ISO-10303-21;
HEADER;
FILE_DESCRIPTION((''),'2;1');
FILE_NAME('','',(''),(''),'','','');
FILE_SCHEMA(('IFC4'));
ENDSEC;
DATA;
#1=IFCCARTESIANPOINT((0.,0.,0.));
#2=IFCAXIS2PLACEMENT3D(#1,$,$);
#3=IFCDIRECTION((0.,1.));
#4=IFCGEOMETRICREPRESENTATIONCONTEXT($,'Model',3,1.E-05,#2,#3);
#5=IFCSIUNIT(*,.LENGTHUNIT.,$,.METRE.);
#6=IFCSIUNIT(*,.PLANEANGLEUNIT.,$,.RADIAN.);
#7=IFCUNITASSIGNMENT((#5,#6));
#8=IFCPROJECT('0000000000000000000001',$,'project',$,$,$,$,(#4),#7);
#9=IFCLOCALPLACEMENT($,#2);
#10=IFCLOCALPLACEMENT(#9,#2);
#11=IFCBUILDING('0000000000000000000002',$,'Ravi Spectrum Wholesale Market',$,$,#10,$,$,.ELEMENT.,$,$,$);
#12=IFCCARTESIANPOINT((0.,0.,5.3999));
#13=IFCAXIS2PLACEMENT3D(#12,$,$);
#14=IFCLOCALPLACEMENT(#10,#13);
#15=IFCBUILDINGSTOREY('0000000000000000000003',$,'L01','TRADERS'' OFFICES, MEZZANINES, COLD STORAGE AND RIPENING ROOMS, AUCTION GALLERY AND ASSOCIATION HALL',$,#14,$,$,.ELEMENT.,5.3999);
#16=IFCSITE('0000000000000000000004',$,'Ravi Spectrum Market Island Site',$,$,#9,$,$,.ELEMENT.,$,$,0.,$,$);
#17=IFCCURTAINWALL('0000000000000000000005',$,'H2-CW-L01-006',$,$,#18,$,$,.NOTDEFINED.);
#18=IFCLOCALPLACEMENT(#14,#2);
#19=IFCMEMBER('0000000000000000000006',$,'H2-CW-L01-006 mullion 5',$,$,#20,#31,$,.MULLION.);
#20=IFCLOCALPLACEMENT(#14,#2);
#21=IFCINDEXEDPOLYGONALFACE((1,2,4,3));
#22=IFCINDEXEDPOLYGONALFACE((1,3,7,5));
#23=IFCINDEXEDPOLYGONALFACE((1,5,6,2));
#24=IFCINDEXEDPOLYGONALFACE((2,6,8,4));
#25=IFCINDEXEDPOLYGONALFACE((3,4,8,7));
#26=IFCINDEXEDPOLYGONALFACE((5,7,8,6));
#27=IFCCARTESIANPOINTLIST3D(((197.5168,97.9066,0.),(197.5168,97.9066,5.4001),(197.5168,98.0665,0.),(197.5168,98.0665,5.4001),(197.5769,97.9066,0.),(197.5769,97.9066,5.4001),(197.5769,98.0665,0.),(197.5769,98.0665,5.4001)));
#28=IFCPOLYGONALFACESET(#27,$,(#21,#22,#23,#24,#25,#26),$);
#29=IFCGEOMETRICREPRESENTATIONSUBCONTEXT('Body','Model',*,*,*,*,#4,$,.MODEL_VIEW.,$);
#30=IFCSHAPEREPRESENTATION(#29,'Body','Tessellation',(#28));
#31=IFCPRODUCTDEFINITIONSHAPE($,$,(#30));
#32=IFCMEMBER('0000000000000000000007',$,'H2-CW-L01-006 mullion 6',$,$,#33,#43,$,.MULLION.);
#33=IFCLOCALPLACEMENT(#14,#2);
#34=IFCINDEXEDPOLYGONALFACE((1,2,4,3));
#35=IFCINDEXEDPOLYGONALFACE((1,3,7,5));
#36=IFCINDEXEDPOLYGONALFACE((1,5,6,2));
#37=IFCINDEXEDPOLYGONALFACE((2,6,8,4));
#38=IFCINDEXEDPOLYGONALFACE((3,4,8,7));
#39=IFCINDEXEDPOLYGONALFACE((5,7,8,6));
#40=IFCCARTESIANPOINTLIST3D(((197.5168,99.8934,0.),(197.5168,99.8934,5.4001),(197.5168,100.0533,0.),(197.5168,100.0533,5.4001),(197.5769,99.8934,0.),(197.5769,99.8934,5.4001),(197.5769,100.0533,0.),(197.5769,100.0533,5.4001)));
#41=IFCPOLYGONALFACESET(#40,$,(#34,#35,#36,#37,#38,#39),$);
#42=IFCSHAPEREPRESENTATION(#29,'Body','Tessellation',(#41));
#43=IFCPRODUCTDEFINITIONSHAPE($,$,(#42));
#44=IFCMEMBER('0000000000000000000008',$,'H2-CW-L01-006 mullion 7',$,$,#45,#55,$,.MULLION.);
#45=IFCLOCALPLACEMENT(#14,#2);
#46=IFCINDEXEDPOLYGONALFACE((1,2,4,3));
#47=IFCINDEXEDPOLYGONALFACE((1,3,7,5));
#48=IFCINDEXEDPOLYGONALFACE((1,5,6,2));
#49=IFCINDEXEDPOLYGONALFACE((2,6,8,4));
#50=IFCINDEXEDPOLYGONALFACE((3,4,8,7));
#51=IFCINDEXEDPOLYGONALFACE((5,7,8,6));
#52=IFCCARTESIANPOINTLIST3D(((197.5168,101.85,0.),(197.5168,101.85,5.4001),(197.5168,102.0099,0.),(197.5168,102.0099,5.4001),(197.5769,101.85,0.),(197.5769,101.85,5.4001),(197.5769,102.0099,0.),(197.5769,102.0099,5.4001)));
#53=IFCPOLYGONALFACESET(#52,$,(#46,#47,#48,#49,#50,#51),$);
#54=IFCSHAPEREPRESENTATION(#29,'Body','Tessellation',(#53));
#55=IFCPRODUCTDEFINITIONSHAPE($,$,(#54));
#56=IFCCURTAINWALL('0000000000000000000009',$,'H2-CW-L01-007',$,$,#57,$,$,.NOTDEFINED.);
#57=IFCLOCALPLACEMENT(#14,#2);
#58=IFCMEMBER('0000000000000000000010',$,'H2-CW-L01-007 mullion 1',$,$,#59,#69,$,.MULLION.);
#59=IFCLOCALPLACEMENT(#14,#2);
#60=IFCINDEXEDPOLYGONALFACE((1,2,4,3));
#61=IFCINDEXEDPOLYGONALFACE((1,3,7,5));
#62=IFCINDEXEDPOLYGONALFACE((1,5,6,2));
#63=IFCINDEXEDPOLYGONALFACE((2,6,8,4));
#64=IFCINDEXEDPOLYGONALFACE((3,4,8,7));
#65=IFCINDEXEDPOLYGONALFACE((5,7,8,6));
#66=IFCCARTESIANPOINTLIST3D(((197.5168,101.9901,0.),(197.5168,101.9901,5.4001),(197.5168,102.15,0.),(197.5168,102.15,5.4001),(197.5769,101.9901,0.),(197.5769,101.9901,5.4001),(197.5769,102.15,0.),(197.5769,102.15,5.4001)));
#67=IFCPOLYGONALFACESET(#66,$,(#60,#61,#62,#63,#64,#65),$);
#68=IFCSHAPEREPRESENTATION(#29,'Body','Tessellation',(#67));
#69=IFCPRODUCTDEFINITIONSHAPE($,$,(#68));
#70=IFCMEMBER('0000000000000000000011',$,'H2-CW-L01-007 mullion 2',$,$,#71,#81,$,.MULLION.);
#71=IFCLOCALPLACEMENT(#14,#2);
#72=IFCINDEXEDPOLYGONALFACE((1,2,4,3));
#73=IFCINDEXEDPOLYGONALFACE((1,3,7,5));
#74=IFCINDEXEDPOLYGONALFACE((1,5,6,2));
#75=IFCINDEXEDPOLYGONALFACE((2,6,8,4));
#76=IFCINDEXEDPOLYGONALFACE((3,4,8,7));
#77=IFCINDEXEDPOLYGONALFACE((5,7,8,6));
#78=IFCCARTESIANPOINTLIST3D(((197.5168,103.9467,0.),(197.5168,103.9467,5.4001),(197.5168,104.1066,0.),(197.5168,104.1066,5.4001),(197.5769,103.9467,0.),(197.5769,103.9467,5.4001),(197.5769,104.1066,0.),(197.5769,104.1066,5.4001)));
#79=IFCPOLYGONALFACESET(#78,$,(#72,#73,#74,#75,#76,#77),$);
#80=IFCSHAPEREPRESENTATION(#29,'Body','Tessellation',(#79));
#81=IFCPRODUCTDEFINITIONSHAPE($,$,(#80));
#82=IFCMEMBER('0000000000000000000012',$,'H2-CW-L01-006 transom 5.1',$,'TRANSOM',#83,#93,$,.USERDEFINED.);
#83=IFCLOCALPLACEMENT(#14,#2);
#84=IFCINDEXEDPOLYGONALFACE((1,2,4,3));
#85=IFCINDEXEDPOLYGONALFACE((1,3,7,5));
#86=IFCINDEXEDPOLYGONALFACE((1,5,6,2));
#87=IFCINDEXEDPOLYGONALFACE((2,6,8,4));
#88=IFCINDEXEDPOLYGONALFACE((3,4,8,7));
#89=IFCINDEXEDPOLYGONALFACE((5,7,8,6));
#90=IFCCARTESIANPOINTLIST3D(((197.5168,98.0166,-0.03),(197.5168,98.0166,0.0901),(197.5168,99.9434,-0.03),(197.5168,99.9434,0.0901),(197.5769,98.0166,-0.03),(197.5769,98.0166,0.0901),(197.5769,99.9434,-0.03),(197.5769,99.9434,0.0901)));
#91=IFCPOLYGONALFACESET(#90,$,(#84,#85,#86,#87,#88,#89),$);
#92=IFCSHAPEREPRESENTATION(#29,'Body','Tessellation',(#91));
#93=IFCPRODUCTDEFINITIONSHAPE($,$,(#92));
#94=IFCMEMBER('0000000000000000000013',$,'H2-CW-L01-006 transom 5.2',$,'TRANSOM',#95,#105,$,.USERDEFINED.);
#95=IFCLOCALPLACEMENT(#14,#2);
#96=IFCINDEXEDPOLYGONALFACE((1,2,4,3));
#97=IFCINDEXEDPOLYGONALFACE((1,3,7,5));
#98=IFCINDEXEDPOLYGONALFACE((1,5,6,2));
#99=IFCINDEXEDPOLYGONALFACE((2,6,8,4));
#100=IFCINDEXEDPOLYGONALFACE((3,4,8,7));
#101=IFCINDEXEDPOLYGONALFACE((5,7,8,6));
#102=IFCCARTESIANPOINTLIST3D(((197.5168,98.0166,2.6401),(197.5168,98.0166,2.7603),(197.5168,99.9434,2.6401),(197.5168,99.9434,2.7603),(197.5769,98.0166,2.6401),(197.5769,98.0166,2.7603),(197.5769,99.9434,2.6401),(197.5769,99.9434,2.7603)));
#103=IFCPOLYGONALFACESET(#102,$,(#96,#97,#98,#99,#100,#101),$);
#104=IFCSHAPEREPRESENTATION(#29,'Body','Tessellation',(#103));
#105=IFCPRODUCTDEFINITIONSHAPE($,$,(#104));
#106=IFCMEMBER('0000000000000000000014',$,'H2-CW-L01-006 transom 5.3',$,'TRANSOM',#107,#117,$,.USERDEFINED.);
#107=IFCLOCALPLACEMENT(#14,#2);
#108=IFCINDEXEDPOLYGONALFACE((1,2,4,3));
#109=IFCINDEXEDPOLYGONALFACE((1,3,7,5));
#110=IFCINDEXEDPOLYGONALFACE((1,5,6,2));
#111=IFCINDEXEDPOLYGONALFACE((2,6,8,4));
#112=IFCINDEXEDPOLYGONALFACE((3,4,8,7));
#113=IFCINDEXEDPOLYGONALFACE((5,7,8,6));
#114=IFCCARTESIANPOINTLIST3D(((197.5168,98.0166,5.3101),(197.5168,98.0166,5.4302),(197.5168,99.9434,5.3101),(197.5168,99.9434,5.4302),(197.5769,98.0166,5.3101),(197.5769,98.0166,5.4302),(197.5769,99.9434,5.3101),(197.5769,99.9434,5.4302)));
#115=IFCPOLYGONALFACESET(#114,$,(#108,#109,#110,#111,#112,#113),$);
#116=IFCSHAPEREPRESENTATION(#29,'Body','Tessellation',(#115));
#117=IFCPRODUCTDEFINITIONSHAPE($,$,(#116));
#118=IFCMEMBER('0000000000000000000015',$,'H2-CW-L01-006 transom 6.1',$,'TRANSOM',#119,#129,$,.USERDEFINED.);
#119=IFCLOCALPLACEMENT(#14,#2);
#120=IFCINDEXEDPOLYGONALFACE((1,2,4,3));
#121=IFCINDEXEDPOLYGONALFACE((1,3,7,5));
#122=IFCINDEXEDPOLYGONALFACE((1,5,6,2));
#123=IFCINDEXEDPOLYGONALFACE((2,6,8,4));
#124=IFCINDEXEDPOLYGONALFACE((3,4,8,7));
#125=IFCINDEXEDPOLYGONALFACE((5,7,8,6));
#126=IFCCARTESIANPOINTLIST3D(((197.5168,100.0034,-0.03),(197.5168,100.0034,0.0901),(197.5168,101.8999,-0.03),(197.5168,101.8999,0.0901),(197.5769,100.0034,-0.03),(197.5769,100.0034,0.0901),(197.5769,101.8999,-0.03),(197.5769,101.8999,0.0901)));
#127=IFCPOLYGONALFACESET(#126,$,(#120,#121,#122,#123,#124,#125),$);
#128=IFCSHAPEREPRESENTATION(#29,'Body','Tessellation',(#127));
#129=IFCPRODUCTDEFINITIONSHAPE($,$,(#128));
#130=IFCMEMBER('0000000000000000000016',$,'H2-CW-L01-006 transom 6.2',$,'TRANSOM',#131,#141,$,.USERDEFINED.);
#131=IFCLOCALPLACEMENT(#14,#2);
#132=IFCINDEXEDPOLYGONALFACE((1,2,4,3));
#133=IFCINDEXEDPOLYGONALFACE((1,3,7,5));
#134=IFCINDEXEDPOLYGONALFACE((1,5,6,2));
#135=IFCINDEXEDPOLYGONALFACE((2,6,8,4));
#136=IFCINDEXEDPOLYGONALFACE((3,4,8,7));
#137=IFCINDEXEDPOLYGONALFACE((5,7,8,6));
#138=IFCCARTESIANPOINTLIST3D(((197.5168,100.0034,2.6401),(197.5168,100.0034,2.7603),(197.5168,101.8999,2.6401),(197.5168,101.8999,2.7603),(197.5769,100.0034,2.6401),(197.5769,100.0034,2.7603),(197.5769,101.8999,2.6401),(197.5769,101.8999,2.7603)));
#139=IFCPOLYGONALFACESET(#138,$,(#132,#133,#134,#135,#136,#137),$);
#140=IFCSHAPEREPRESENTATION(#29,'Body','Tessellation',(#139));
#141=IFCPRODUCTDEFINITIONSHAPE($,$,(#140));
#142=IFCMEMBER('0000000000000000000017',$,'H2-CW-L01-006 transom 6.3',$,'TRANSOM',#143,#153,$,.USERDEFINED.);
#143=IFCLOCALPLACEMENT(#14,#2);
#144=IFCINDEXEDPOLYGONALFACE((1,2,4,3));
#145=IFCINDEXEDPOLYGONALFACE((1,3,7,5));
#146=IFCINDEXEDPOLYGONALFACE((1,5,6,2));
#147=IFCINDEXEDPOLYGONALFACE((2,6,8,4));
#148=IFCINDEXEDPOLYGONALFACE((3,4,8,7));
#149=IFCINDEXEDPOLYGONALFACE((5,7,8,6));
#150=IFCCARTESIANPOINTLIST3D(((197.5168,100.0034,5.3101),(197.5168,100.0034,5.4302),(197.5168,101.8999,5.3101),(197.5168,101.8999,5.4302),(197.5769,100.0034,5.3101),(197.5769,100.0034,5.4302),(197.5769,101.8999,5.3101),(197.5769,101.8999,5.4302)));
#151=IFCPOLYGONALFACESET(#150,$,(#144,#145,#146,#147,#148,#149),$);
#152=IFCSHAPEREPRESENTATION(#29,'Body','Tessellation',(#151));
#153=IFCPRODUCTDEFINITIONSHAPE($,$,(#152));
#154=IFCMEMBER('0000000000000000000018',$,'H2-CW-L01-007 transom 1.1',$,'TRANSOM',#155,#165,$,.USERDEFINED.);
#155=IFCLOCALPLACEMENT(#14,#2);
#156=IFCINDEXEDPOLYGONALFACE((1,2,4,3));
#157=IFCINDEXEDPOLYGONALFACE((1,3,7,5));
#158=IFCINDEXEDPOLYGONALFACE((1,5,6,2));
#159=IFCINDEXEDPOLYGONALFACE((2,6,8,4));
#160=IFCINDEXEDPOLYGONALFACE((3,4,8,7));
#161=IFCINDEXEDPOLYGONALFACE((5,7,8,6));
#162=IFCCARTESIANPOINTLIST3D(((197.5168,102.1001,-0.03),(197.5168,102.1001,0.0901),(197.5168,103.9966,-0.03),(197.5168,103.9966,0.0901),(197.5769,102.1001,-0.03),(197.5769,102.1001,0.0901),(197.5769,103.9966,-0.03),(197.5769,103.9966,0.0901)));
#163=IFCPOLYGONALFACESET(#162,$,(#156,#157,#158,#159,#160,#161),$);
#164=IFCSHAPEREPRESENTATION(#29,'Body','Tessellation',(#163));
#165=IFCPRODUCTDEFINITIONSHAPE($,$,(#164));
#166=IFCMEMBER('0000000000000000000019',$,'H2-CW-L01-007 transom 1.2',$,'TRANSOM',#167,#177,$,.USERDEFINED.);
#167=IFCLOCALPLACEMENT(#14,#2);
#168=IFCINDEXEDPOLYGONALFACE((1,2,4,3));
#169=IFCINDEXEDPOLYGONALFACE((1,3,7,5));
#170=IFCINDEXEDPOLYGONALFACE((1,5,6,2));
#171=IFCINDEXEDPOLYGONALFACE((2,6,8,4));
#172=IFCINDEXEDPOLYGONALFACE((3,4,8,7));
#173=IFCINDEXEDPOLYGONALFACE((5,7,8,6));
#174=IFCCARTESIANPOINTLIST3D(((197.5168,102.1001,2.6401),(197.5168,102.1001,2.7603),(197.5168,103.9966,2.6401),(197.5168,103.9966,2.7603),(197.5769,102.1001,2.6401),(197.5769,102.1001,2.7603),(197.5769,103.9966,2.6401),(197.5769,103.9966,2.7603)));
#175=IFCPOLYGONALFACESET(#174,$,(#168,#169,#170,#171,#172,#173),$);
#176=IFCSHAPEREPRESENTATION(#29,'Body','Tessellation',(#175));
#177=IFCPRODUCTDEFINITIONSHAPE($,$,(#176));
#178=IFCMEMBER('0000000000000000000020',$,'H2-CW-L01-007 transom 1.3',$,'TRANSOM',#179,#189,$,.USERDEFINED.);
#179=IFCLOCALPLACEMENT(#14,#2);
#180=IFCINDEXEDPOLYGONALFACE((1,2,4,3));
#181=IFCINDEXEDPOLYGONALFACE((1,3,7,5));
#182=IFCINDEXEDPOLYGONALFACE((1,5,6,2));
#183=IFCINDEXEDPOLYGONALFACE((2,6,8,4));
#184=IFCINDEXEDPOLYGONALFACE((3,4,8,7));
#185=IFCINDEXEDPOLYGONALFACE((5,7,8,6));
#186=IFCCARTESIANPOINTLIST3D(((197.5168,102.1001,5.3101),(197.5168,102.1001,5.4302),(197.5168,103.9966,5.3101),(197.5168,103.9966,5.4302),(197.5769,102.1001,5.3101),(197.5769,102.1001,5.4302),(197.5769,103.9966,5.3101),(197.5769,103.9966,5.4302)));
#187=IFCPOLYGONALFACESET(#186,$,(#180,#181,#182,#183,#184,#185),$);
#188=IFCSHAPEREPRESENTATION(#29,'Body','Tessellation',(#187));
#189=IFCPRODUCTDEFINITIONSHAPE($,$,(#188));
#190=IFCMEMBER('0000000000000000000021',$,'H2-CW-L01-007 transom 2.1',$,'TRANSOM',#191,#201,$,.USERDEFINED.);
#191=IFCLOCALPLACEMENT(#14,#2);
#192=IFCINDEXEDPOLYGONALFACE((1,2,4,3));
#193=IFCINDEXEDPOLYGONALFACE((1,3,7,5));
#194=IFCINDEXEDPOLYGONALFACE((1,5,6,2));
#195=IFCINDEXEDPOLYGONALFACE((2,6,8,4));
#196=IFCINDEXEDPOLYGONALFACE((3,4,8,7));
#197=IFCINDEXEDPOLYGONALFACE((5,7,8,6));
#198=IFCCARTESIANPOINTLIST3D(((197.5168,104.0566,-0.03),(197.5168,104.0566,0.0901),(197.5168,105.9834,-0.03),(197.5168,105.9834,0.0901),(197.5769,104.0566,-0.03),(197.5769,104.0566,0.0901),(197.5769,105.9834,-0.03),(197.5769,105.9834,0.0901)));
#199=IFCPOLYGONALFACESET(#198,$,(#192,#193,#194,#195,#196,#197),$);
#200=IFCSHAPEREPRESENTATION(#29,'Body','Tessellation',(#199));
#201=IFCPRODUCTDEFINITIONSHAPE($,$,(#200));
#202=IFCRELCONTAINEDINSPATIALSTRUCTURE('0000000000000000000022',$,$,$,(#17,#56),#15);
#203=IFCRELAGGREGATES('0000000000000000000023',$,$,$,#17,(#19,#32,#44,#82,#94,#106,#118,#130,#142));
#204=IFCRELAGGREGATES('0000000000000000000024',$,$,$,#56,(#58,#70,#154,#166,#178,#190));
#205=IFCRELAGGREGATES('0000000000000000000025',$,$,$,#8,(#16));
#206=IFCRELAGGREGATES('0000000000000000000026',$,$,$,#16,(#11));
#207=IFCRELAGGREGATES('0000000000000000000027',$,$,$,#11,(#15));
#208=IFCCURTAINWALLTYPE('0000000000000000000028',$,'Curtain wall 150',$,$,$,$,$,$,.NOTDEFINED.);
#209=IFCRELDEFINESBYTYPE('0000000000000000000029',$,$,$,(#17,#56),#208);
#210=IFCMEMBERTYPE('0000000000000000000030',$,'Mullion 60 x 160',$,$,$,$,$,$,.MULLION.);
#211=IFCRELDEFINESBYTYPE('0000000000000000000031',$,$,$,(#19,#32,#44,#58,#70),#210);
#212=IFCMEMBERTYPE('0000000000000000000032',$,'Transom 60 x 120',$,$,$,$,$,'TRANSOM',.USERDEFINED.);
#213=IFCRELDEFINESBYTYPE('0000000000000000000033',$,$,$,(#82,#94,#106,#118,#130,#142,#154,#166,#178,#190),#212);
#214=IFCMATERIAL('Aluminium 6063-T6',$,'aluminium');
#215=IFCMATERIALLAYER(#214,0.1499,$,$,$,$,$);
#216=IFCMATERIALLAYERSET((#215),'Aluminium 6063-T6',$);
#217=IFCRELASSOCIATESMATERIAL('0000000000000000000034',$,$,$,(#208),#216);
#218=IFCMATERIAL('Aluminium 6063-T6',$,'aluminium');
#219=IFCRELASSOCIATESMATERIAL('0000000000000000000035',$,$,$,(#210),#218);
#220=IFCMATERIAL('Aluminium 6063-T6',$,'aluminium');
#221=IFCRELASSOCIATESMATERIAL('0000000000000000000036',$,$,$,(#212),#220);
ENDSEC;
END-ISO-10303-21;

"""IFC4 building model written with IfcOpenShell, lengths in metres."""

from ifc_helpers import new_model, si_unit, direction, frame, origin, origin_2d, place, context, subcontext, project, spatial, rectangle, extrude, material, layer, layer_set, material_profile, profile_set, type_object, element, aggregate, save


model = new_model("IFC4")

# Units and contexts
model_context = context("Model", 3, precision=1e-05, world=origin(), true_north=direction((0.0, 1.0)))
body_context = subcontext(model_context, "Body", "Model", "MODEL_VIEW")
ifc_project = project(units=[si_unit("LENGTHUNIT", "METRE"), si_unit("PLANEANGLEUNIT", "RADIAN")], contexts=[model_context])

# Site, building, storey
site_placement = place(None, origin())
site = spatial("IfcSite", under=ifc_project, at=site_placement, Name="Ravi Spectrum Market Island Site", CompositionType="ELEMENT", RefElevation=0.0)
building_placement = place(site_placement, origin())
building = spatial("IfcBuilding", under=site, at=building_placement, Name="Ravi Spectrum Wholesale Market", CompositionType="ELEMENT")
storey_placement = place(building_placement, frame((0.0, 0.0, 5.3999)))
storey = spatial("IfcBuildingStorey", under=building, at=storey_placement, Name="L01", Description="TRADERS' OFFICES, MEZZANINES, COLD STORAGE AND RIPENING ROOMS, AUCTION GALLERY AND ASSOCIATION HALL", CompositionType="ELEMENT", Elevation=5.3999)

# Curtain walls, members
ifc_material_1 = material(Name="Aluminium 6063-T6", Category="aluminium")
ifc_layer_1 = layer(ifc_material_1, 0.1499)
ifc_layer_set_1 = layer_set([ifc_layer_1], Name="Aluminium 6063-T6")
curtain_wall_type = type_object("IfcCurtainWallType", Name="Curtain wall 150", PredefinedType="NOTDEFINED", material=ifc_layer_set_1)
curtain_wall_1_placement = place(storey_placement, origin())
curtain_wall_1 = element("IfcCurtainWall", 1, at=curtain_wall_1_placement, inside=storey, type_object=curtain_wall_type, Name="H2-CW-L01-006", PredefinedType="NOTDEFINED")
ifc_material_2 = material(Name="Aluminium 6063-T6", Category="aluminium")
ifc_material_profile_1 = material_profile(ifc_material_2, rectangle(XDim=0.0601, YDim=0.1599, at=origin_2d()))
ifc_profile_set_1 = profile_set([ifc_material_profile_1], Name="Aluminium 6063-T6")
member_type_1 = type_object("IfcMemberType", Name="Mullion 60 x 160", PredefinedType="MULLION", material=ifc_profile_set_1)
member_1_placement = place(storey_placement, frame((197.5469, 97.9866, 0.0), z_axis=(0.0, 0.0, 1.0), x_axis=(-1.0, 0.0, 0.0)))
member_1 = element("IfcMember", 2, at=member_1_placement, type_object=member_type_1, Name="H2-CW-L01-006 mullion 5", PredefinedType="MULLION", context=body_context, shape_type="SweptSolid", body=[
    extrude(rectangle(XDim=0.0601, YDim=0.1599, at=origin_2d()), origin(), (0.0, 0.0, 1.0), 5.4001),
])
member_2_placement = place(storey_placement, frame((197.5469, 99.9734, 0.0), z_axis=(0.0, 0.0, 1.0), x_axis=(-1.0, 0.0, 0.0)))
member_2 = element("IfcMember", 3, at=member_2_placement, type_object=member_type_1, Name="H2-CW-L01-006 mullion 6", PredefinedType="MULLION", context=body_context, shape_type="SweptSolid", body=[
    extrude(rectangle(XDim=0.0601, YDim=0.1599, at=origin_2d()), origin(), (0.0, 0.0, 1.0), 5.4001),
])
member_3_placement = place(storey_placement, frame((197.5469, 101.9299, 0.0), z_axis=(0.0, 0.0, 1.0), x_axis=(-1.0, 0.0, 0.0)))
member_3 = element("IfcMember", 4, at=member_3_placement, type_object=member_type_1, Name="H2-CW-L01-006 mullion 7", PredefinedType="MULLION", context=body_context, shape_type="SweptSolid", body=[
    extrude(rectangle(XDim=0.0601, YDim=0.1599, at=origin_2d()), origin(), (0.0, 0.0, 1.0), 5.4001),
])
curtain_wall_2_placement = place(storey_placement, origin())
curtain_wall_2 = element("IfcCurtainWall", 5, at=curtain_wall_2_placement, inside=storey, type_object=curtain_wall_type, Name="H2-CW-L01-007", PredefinedType="NOTDEFINED")
member_4_placement = place(storey_placement, frame((197.5469, 102.0701, 0.0), z_axis=(0.0, 0.0, 1.0), x_axis=(-1.0, 0.0, 0.0)))
member_4 = element("IfcMember", 6, at=member_4_placement, type_object=member_type_1, Name="H2-CW-L01-007 mullion 1", PredefinedType="MULLION", context=body_context, shape_type="SweptSolid", body=[
    extrude(rectangle(XDim=0.0601, YDim=0.1599, at=origin_2d()), origin(), (0.0, 0.0, 1.0), 5.4001),
])
member_5_placement = place(storey_placement, frame((197.5469, 104.0266, 0.0), z_axis=(0.0, 0.0, 1.0), x_axis=(-1.0, 0.0, 0.0)))
member_5 = element("IfcMember", 7, at=member_5_placement, type_object=member_type_1, Name="H2-CW-L01-007 mullion 2", PredefinedType="MULLION", context=body_context, shape_type="SweptSolid", body=[
    extrude(rectangle(XDim=0.0601, YDim=0.1599, at=origin_2d()), origin(), (0.0, 0.0, 1.0), 5.4001),
])

# Members
ifc_material_3 = material(Name="Aluminium 6063-T6", Category="aluminium")
ifc_material_profile_2 = material_profile(ifc_material_3, rectangle(XDim=0.0601, YDim=0.1201, at=origin_2d()))
ifc_profile_set_2 = profile_set([ifc_material_profile_2], Name="Aluminium 6063-T6")
member_type_2 = type_object("IfcMemberType", Name="Transom 60 x 120", ElementType="TRANSOM", PredefinedType="USERDEFINED", material=ifc_profile_set_2)
member_6_placement = place(storey_placement, frame((197.5469, 98.0166, 0.03), z_axis=(0.0, 1.0, 0.0), x_axis=(-1.0, 0.0, 0.0)))
member_6 = element("IfcMember", 8, at=member_6_placement, type_object=member_type_2, Name="H2-CW-L01-006 transom 5.1", ObjectType="TRANSOM", PredefinedType="USERDEFINED", context=body_context, shape_type="SweptSolid", body=[
    extrude(rectangle(XDim=0.0601, YDim=0.1201, at=origin_2d()), origin(), (0.0, 0.0, 1.0), 1.9268),
])
member_7_placement = place(storey_placement, frame((197.5469, 98.0166, 2.7002), z_axis=(0.0, 1.0, 0.0), x_axis=(-1.0, 0.0, 0.0)))
member_7 = element("IfcMember", 9, at=member_7_placement, type_object=member_type_2, Name="H2-CW-L01-006 transom 5.2", ObjectType="TRANSOM", PredefinedType="USERDEFINED", context=body_context, shape_type="SweptSolid", body=[
    extrude(rectangle(XDim=0.0601, YDim=0.1201, at=origin_2d()), origin(), (0.0, 0.0, 1.0), 1.9268),
])
member_8_placement = place(storey_placement, frame((197.5469, 98.0166, 5.3701), z_axis=(0.0, 1.0, 0.0), x_axis=(-1.0, 0.0, 0.0)))
member_8 = element("IfcMember", 10, at=member_8_placement, type_object=member_type_2, Name="H2-CW-L01-006 transom 5.3", ObjectType="TRANSOM", PredefinedType="USERDEFINED", context=body_context, shape_type="SweptSolid", body=[
    extrude(rectangle(XDim=0.0601, YDim=0.1201, at=origin_2d()), origin(), (0.0, 0.0, 1.0), 1.9268),
])
member_9_placement = place(storey_placement, frame((197.5469, 100.0034, 0.03), z_axis=(0.0, 1.0, 0.0), x_axis=(-1.0, 0.0, 0.0)))
member_9 = element("IfcMember", 11, at=member_9_placement, type_object=member_type_2, Name="H2-CW-L01-006 transom 6.1", ObjectType="TRANSOM", PredefinedType="USERDEFINED", context=body_context, shape_type="SweptSolid", body=[
    extrude(rectangle(XDim=0.0601, YDim=0.1201, at=origin_2d()), origin(), (0.0, 0.0, 1.0), 1.8965),
])
member_10_placement = place(storey_placement, frame((197.5469, 100.0034, 2.7002), z_axis=(0.0, 1.0, 0.0), x_axis=(-1.0, 0.0, 0.0)))
member_10 = element("IfcMember", 12, at=member_10_placement, type_object=member_type_2, Name="H2-CW-L01-006 transom 6.2", ObjectType="TRANSOM", PredefinedType="USERDEFINED", context=body_context, shape_type="SweptSolid", body=[
    extrude(rectangle(XDim=0.0601, YDim=0.1201, at=origin_2d()), origin(), (0.0, 0.0, 1.0), 1.8965),
])
member_11_placement = place(storey_placement, frame((197.5469, 100.0034, 5.3701), z_axis=(0.0, 1.0, 0.0), x_axis=(-1.0, 0.0, 0.0)))
member_11 = element("IfcMember", 13, at=member_11_placement, type_object=member_type_2, Name="H2-CW-L01-006 transom 6.3", ObjectType="TRANSOM", PredefinedType="USERDEFINED", context=body_context, shape_type="SweptSolid", body=[
    extrude(rectangle(XDim=0.0601, YDim=0.1201, at=origin_2d()), origin(), (0.0, 0.0, 1.0), 1.8965),
])
member_12_placement = place(storey_placement, frame((197.5469, 102.1001, 0.03), z_axis=(0.0, 1.0, 0.0), x_axis=(-1.0, 0.0, 0.0)))
member_12 = element("IfcMember", 14, at=member_12_placement, type_object=member_type_2, Name="H2-CW-L01-007 transom 1.1", ObjectType="TRANSOM", PredefinedType="USERDEFINED", context=body_context, shape_type="SweptSolid", body=[
    extrude(rectangle(XDim=0.0601, YDim=0.1201, at=origin_2d()), origin(), (0.0, 0.0, 1.0), 1.8965),
])
member_13_placement = place(storey_placement, frame((197.5469, 102.1001, 2.7002), z_axis=(0.0, 1.0, 0.0), x_axis=(-1.0, 0.0, 0.0)))
member_13 = element("IfcMember", 15, at=member_13_placement, type_object=member_type_2, Name="H2-CW-L01-007 transom 1.2", ObjectType="TRANSOM", PredefinedType="USERDEFINED", context=body_context, shape_type="SweptSolid", body=[
    extrude(rectangle(XDim=0.0601, YDim=0.1201, at=origin_2d()), origin(), (0.0, 0.0, 1.0), 1.8965),
])
member_14_placement = place(storey_placement, frame((197.5469, 102.1001, 5.3701), z_axis=(0.0, 1.0, 0.0), x_axis=(-1.0, 0.0, 0.0)))
member_14 = element("IfcMember", 16, at=member_14_placement, type_object=member_type_2, Name="H2-CW-L01-007 transom 1.3", ObjectType="TRANSOM", PredefinedType="USERDEFINED", context=body_context, shape_type="SweptSolid", body=[
    extrude(rectangle(XDim=0.0601, YDim=0.1201, at=origin_2d()), origin(), (0.0, 0.0, 1.0), 1.8965),
])
member_15_placement = place(storey_placement, frame((197.5469, 104.0566, 0.03), z_axis=(0.0, 1.0, 0.0), x_axis=(-1.0, 0.0, 0.0)))
member_15 = element("IfcMember", 17, at=member_15_placement, type_object=member_type_2, Name="H2-CW-L01-007 transom 2.1", ObjectType="TRANSOM", PredefinedType="USERDEFINED", context=body_context, shape_type="SweptSolid", body=[
    extrude(rectangle(XDim=0.0601, YDim=0.1201, at=origin_2d()), origin(), (0.0, 0.0, 1.0), 1.9268),
])

aggregate(curtain_wall_1, [member_1, member_2, member_3, member_6, member_7, member_8, member_9, member_10, member_11])
aggregate(curtain_wall_2, [member_4, member_5, member_12, member_13, member_14, member_15])

save(model, "model.ifc")
